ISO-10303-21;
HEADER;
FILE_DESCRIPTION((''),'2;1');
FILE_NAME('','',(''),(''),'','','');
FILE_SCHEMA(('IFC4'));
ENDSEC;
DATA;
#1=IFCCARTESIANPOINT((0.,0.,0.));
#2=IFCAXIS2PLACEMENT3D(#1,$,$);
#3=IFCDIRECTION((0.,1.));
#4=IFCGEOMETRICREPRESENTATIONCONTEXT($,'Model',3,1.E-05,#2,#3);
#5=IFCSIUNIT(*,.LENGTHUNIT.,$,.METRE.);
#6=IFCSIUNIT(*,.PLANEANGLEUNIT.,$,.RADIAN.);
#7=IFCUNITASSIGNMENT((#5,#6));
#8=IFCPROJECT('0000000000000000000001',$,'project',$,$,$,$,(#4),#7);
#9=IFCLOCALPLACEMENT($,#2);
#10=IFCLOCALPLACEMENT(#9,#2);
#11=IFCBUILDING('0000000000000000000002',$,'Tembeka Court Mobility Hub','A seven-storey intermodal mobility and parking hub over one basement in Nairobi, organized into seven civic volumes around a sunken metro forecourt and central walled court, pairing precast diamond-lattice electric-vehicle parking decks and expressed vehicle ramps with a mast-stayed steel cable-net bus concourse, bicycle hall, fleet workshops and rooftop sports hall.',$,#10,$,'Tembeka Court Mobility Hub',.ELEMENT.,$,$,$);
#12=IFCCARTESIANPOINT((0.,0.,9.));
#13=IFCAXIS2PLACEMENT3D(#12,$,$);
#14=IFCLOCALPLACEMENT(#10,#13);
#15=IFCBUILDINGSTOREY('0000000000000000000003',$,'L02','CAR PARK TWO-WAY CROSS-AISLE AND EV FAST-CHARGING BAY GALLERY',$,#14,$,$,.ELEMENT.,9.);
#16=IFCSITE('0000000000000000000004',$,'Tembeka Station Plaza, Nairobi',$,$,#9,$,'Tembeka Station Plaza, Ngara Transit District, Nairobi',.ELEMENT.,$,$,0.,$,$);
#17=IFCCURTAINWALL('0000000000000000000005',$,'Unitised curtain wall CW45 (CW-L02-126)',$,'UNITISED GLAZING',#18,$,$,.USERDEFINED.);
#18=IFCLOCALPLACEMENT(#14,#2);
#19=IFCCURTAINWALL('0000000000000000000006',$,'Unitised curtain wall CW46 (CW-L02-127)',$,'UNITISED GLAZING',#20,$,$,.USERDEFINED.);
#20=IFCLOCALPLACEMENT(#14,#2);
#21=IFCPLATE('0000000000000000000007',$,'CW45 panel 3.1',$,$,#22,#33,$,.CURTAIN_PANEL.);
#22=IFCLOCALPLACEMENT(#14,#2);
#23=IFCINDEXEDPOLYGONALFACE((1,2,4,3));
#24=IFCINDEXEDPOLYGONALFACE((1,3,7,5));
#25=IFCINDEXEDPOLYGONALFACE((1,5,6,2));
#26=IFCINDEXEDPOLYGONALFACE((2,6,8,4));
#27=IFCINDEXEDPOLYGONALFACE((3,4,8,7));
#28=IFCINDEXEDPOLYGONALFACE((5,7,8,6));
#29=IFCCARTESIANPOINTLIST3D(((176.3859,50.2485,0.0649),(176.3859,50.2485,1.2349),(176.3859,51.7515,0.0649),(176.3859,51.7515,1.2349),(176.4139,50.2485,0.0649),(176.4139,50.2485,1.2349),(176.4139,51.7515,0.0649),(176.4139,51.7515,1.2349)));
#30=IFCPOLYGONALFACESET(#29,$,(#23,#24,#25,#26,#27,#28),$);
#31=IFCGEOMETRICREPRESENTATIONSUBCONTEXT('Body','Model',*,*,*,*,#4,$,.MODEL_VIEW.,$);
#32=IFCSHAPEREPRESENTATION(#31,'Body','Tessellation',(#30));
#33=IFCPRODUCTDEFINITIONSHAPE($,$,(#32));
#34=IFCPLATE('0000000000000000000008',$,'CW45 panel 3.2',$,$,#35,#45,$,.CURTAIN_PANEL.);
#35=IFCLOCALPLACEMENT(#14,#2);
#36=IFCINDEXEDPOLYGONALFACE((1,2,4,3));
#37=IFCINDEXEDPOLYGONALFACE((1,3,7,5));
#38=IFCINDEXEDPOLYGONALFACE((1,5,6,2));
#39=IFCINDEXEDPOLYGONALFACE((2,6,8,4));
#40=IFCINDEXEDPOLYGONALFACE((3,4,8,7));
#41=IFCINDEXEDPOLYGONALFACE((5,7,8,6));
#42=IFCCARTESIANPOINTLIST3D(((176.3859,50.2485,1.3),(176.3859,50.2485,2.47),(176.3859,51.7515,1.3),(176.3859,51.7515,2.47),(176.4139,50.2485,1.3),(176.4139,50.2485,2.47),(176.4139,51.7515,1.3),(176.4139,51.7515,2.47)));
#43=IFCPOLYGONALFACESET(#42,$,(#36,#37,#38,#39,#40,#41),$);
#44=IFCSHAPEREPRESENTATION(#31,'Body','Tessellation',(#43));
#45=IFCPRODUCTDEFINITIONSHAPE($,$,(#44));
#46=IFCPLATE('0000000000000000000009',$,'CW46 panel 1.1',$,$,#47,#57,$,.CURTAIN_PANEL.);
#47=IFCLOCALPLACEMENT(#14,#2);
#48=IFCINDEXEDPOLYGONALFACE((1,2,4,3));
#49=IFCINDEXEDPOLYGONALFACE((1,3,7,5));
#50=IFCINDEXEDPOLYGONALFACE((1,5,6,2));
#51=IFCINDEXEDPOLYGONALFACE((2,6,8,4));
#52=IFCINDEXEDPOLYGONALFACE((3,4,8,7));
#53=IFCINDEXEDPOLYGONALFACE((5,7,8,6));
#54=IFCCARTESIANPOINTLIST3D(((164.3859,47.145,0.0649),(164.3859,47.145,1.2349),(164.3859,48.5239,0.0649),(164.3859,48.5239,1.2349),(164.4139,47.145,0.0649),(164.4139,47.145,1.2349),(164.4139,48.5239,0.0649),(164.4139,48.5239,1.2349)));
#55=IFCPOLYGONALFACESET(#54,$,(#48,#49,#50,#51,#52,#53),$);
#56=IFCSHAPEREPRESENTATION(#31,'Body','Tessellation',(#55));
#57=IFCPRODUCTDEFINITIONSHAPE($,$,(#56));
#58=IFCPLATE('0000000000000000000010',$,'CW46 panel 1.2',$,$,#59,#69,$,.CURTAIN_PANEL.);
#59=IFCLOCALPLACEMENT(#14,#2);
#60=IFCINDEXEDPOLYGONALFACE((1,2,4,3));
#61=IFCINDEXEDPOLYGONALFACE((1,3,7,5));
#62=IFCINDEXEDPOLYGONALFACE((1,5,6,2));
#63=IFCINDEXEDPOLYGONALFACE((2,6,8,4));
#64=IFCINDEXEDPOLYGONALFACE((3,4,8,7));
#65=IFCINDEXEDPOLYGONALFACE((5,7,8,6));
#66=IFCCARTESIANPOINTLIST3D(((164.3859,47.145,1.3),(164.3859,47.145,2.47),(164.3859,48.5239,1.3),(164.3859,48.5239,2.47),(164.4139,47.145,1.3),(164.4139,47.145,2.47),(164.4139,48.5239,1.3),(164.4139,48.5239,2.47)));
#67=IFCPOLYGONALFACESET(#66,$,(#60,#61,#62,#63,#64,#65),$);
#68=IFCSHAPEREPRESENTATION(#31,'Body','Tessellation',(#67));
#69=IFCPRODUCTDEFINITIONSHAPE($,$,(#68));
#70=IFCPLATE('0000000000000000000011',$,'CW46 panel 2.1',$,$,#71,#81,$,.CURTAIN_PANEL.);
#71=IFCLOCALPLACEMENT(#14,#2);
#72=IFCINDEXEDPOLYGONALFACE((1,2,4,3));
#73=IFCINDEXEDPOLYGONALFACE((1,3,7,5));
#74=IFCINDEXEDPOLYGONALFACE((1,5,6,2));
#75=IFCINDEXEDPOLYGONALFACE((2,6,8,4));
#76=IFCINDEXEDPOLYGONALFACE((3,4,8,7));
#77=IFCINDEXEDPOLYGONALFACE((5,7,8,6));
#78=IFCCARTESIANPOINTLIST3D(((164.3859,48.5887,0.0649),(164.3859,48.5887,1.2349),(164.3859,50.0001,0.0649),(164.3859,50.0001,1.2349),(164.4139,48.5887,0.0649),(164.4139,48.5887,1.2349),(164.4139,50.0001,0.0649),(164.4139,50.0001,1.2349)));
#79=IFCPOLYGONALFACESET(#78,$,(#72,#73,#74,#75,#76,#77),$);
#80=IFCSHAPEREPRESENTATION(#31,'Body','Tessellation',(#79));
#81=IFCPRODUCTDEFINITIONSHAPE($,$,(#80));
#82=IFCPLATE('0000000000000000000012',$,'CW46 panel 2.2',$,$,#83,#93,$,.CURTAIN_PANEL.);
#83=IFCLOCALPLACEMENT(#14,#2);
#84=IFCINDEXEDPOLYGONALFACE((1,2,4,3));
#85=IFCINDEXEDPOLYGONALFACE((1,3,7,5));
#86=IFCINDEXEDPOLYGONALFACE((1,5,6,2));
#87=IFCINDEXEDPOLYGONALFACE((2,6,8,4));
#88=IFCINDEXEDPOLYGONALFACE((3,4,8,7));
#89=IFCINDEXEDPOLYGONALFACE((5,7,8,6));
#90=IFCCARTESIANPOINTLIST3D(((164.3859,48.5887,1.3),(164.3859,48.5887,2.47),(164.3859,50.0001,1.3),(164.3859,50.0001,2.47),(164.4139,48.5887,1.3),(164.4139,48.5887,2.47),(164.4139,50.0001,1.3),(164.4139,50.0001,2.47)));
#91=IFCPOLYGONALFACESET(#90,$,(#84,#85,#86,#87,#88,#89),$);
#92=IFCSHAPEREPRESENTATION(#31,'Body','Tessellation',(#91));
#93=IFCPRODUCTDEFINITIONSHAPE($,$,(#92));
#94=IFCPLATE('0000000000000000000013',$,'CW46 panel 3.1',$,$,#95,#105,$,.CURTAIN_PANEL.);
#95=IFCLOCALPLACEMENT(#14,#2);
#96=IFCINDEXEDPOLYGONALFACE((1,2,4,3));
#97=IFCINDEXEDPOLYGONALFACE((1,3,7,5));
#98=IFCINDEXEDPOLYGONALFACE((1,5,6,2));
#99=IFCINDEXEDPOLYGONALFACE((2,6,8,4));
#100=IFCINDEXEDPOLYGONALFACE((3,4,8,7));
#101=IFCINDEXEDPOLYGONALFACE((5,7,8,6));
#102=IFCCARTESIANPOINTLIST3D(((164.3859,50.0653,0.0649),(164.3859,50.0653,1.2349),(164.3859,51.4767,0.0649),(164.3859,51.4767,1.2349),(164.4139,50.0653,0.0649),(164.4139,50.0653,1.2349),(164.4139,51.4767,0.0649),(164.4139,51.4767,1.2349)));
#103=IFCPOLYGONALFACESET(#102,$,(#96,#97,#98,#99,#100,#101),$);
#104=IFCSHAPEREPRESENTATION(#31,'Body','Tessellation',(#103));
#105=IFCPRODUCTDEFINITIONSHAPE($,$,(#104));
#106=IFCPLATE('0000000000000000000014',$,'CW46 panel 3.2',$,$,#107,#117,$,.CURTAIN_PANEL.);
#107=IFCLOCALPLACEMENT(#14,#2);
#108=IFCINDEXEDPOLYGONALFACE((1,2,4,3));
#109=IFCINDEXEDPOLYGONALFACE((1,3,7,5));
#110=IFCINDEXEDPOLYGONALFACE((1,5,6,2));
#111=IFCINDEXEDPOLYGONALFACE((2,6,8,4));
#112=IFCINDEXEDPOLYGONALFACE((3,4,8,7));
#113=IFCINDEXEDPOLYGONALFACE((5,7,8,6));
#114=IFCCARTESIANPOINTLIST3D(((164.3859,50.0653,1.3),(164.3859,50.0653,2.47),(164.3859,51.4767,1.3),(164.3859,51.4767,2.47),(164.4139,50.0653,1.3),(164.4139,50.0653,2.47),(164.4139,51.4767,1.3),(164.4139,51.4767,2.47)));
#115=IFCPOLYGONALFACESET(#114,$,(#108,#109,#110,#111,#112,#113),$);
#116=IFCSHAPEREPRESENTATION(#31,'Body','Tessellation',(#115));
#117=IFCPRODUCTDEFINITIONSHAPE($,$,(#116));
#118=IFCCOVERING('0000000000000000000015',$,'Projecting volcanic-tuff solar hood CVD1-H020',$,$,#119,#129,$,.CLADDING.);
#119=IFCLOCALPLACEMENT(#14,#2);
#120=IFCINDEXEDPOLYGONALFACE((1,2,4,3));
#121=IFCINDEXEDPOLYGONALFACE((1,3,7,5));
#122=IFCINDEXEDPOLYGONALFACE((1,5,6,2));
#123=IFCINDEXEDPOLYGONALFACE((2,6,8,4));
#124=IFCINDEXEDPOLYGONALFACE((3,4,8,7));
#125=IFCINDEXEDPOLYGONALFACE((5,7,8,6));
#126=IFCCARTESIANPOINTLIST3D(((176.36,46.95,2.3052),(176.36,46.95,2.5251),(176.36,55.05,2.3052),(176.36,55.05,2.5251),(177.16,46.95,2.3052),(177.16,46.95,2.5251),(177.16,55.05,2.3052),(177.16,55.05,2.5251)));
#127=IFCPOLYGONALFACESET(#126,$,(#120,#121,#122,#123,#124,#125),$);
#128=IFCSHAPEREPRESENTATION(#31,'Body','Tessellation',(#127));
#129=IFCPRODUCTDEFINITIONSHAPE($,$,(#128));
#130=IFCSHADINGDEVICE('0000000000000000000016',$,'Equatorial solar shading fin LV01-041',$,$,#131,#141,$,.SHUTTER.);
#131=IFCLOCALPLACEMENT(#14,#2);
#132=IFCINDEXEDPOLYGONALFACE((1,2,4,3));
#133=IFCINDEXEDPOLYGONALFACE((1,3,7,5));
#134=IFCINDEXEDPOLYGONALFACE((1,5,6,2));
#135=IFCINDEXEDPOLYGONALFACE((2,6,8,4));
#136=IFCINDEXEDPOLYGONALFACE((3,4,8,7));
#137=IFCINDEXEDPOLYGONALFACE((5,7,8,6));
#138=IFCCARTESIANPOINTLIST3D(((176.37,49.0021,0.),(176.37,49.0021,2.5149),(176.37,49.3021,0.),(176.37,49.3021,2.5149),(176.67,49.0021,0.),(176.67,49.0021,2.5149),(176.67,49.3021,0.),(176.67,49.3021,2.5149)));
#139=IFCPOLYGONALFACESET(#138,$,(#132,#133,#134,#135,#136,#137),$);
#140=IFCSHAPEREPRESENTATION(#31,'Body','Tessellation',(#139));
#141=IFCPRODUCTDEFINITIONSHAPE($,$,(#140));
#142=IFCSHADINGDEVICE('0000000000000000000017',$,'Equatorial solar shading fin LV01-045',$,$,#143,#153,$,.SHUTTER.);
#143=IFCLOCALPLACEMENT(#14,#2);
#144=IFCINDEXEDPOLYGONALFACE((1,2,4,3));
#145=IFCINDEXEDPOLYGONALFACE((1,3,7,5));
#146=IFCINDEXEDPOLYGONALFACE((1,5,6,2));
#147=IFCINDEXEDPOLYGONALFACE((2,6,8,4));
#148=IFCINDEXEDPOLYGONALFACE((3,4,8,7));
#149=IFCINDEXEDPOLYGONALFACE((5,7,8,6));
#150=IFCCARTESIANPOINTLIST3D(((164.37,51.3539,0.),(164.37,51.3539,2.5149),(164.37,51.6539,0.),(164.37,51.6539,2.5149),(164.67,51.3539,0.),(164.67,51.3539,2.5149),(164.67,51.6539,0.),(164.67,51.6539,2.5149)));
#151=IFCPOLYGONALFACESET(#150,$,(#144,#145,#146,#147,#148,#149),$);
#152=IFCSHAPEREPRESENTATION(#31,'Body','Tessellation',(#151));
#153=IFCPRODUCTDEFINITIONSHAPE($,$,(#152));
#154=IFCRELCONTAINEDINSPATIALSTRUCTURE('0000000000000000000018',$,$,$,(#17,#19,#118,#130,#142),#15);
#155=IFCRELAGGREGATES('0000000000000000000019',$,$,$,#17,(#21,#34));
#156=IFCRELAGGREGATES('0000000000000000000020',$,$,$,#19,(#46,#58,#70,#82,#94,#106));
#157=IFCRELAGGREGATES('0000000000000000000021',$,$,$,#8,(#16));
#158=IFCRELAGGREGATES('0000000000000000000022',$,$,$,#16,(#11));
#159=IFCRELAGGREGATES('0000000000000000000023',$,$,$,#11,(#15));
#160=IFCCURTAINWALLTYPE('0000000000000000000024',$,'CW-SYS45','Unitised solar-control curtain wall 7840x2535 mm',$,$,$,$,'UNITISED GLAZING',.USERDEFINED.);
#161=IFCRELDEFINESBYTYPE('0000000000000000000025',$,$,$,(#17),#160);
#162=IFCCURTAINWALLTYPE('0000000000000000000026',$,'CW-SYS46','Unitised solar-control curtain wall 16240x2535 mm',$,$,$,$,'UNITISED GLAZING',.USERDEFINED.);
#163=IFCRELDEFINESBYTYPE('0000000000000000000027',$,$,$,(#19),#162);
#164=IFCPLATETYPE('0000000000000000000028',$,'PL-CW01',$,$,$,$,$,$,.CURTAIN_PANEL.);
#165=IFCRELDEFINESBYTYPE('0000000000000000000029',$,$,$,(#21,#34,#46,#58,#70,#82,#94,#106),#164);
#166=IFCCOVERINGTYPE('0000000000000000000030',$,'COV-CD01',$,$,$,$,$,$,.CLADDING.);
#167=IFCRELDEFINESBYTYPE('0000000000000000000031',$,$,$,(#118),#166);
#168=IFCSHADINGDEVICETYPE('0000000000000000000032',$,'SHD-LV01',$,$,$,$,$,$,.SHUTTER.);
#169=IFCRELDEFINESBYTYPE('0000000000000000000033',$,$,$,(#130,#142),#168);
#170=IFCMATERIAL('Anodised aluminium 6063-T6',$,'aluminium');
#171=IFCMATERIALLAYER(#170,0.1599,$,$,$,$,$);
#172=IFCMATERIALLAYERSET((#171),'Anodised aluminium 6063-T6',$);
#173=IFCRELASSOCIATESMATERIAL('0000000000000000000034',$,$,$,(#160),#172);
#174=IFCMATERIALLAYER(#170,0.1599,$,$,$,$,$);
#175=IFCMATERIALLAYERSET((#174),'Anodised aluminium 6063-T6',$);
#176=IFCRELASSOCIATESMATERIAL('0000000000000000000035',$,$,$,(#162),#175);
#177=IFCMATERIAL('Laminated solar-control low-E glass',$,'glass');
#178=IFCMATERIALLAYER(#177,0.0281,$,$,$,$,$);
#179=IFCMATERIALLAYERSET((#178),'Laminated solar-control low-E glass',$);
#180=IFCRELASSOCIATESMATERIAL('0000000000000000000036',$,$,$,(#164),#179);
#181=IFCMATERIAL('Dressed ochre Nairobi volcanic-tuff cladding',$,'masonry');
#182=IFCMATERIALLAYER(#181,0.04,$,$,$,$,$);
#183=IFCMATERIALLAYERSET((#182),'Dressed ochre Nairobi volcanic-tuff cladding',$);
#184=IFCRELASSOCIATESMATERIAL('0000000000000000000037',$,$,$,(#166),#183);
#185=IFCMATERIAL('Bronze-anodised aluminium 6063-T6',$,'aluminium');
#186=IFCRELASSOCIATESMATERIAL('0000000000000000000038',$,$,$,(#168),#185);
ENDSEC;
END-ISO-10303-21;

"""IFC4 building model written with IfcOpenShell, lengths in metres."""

from ifc_helpers import new_model, si_unit, direction, frame, origin, origin_2d, place, context, subcontext, project, spatial, rectangle, extrude, material, layer, layer_set, material_profile, profile_set, type_object, element, aggregate, save


model = new_model("IFC4")

# Units and contexts
model_context = context("Model", 3, precision=1e-05, world=origin(), true_north=direction((0.0, 1.0)))
body_context = subcontext(model_context, "Body", "Model", "MODEL_VIEW")
ifc_project = project(units=[si_unit("LENGTHUNIT", "METRE"), si_unit("PLANEANGLEUNIT", "RADIAN")], contexts=[model_context])

# Site, building, storey
site_placement = place(None, origin())
site = spatial("IfcSite", under=ifc_project, at=site_placement, Name="Tembeka Station Plaza, Nairobi", LongName="Tembeka Station Plaza, Ngara Transit District, Nairobi", CompositionType="ELEMENT", RefElevation=0.0)
building_placement = place(site_placement, origin())
building = spatial("IfcBuilding", under=site, at=building_placement, Name="Tembeka Court Mobility Hub", Description="A seven-storey intermodal mobility and parking hub over one basement in Nairobi, organized into seven civic volumes around a sunken metro forecourt and central walled court, pairing precast diamond-lattice electric-vehicle parking decks and expressed vehicle ramps with a mast-stayed steel cable-net bus concourse, bicycle hall, fleet workshops and rooftop sports hall.", LongName="Tembeka Court Mobility Hub", CompositionType="ELEMENT")
storey_placement = place(building_placement, frame((0.0, 0.0, 9.0)))
storey = spatial("IfcBuildingStorey", under=building, at=storey_placement, Name="L02", Description="CAR PARK TWO-WAY CROSS-AISLE AND EV FAST-CHARGING BAY GALLERY", CompositionType="ELEMENT", Elevation=9.0)

# Curtain walls
ifc_material_1 = material(Name="Anodised aluminium 6063-T6", Category="aluminium")
ifc_layer_1 = layer(ifc_material_1, 0.1599)
ifc_layer_set_1 = layer_set([ifc_layer_1], Name="Anodised aluminium 6063-T6")
curtain_wall_type_1 = type_object("IfcCurtainWallType", Name="CW-SYS45", Description="Unitised solar-control curtain wall 7840x2535 mm", ElementType="UNITISED GLAZING", PredefinedType="USERDEFINED", material=ifc_layer_set_1)
curtain_wall_1_placement = place(storey_placement, origin())
curtain_wall_1 = element("IfcCurtainWall", 1, at=curtain_wall_1_placement, inside=storey, type_object=curtain_wall_type_1, Name="Unitised curtain wall CW45 (CW-L02-126)", ObjectType="UNITISED GLAZING", PredefinedType="USERDEFINED")
ifc_layer_2 = layer(ifc_material_1, 0.1599)
ifc_layer_set_2 = layer_set([ifc_layer_2], Name="Anodised aluminium 6063-T6")
curtain_wall_type_2 = type_object("IfcCurtainWallType", Name="CW-SYS46", Description="Unitised solar-control curtain wall 16240x2535 mm", ElementType="UNITISED GLAZING", PredefinedType="USERDEFINED", material=ifc_layer_set_2)
curtain_wall_2_placement = place(storey_placement, origin())
curtain_wall_2 = element("IfcCurtainWall", 2, at=curtain_wall_2_placement, inside=storey, type_object=curtain_wall_type_2, Name="Unitised curtain wall CW46 (CW-L02-127)", ObjectType="UNITISED GLAZING", PredefinedType="USERDEFINED")

# Plates
ifc_material_2 = material(Name="Laminated solar-control low-E glass", Category="glass")
ifc_layer_3 = layer(ifc_material_2, 0.0281)
ifc_layer_set_3 = layer_set([ifc_layer_3], Name="Laminated solar-control low-E glass")
plate_type = type_object("IfcPlateType", Name="PL-CW01", PredefinedType="CURTAIN_PANEL", material=ifc_layer_set_3)
plate_1_placement = place(storey_placement, frame((176.3999, 51.0, 0.0649), z_axis=(0.0, 0.0, 1.0), x_axis=(0.0, 1.0, 0.0)))
plate_1 = element("IfcPlate", 3, at=plate_1_placement, type_object=plate_type, Name="CW45 panel 3.1", PredefinedType="CURTAIN_PANEL", context=body_context, shape_type="SweptSolid", body=[
    extrude(rectangle(XDim=1.5029, YDim=0.0281, at=origin_2d()), origin(), (0.0, 0.0, 1.0), 1.1699),
])
plate_2_placement = place(storey_placement, frame((176.3999, 51.0, 1.3), z_axis=(0.0, 0.0, 1.0), x_axis=(0.0, 1.0, 0.0)))
plate_2 = element("IfcPlate", 4, at=plate_2_placement, type_object=plate_type, Name="CW45 panel 3.2", PredefinedType="CURTAIN_PANEL", context=body_context, shape_type="SweptSolid", body=[
    extrude(rectangle(XDim=1.5029, YDim=0.0281, at=origin_2d()), origin(), (0.0, 0.0, 1.0), 1.1699),
])
aggregate(curtain_wall_1, [plate_1, plate_2])
plate_3_placement = place(storey_placement, frame((164.3999, 47.8345, 0.0649), z_axis=(0.0, 0.0, 1.0), x_axis=(0.0, 1.0, 0.0)))
plate_3 = element("IfcPlate", 5, at=plate_3_placement, type_object=plate_type, Name="CW46 panel 1.1", PredefinedType="CURTAIN_PANEL", context=body_context, shape_type="SweptSolid", body=[
    extrude(rectangle(XDim=1.3789, YDim=0.0281, at=origin_2d()), origin(), (0.0, 0.0, 1.0), 1.1699),
])
plate_4_placement = place(storey_placement, frame((164.3999, 47.8345, 1.3), z_axis=(0.0, 0.0, 1.0), x_axis=(0.0, 1.0, 0.0)))
plate_4 = element("IfcPlate", 6, at=plate_4_placement, type_object=plate_type, Name="CW46 panel 1.2", PredefinedType="CURTAIN_PANEL", context=body_context, shape_type="SweptSolid", body=[
    extrude(rectangle(XDim=1.3789, YDim=0.0281, at=origin_2d()), origin(), (0.0, 0.0, 1.0), 1.1699),
])
plate_5_placement = place(storey_placement, frame((164.3999, 49.2944, 0.0649), z_axis=(0.0, 0.0, 1.0), x_axis=(0.0, 1.0, 0.0)))
plate_5 = element("IfcPlate", 7, at=plate_5_placement, type_object=plate_type, Name="CW46 panel 2.1", PredefinedType="CURTAIN_PANEL", context=body_context, shape_type="SweptSolid", body=[
    extrude(rectangle(XDim=1.4114, YDim=0.0281, at=origin_2d()), origin(), (0.0, 0.0, 1.0), 1.1699),
])
plate_6_placement = place(storey_placement, frame((164.3999, 49.2944, 1.3), z_axis=(0.0, 0.0, 1.0), x_axis=(0.0, 1.0, 0.0)))
plate_6 = element("IfcPlate", 8, at=plate_6_placement, type_object=plate_type, Name="CW46 panel 2.2", PredefinedType="CURTAIN_PANEL", context=body_context, shape_type="SweptSolid", body=[
    extrude(rectangle(XDim=1.4114, YDim=0.0281, at=origin_2d()), origin(), (0.0, 0.0, 1.0), 1.1699),
])
plate_7_placement = place(storey_placement, frame((164.3999, 50.771, 0.0649), z_axis=(0.0, 0.0, 1.0), x_axis=(0.0, 1.0, 0.0)))
plate_7 = element("IfcPlate", 9, at=plate_7_placement, type_object=plate_type, Name="CW46 panel 3.1", PredefinedType="CURTAIN_PANEL", context=body_context, shape_type="SweptSolid", body=[
    extrude(rectangle(XDim=1.4114, YDim=0.0281, at=origin_2d()), origin(), (0.0, 0.0, 1.0), 1.1699),
])
plate_8_placement = place(storey_placement, frame((164.3999, 50.771, 1.3), z_axis=(0.0, 0.0, 1.0), x_axis=(0.0, 1.0, 0.0)))
plate_8 = element("IfcPlate", 10, at=plate_8_placement, type_object=plate_type, Name="CW46 panel 3.2", PredefinedType="CURTAIN_PANEL", context=body_context, shape_type="SweptSolid", body=[
    extrude(rectangle(XDim=1.4114, YDim=0.0281, at=origin_2d()), origin(), (0.0, 0.0, 1.0), 1.1699),
])
aggregate(curtain_wall_2, [plate_3, plate_4, plate_5, plate_6, plate_7, plate_8])

# Covering
ifc_material_3 = material(Name="Dressed ochre Nairobi volcanic-tuff cladding", Category="masonry")
ifc_layer_4 = layer(ifc_material_3, 0.04)
ifc_layer_set_4 = layer_set([ifc_layer_4], Name="Dressed ochre Nairobi volcanic-tuff cladding")
covering_type = type_object("IfcCoveringType", Name="COV-CD01", PredefinedType="CLADDING", material=ifc_layer_set_4)
covering_placement = place(storey_placement, frame((176.76, 51.0, 2.3052), z_axis=(0.0, 0.0, 1.0), x_axis=(0.0, 1.0, 0.0)))
element("IfcCovering", 11, at=covering_placement, inside=storey, type_object=covering_type, Name="Projecting volcanic-tuff solar hood CVD1-H020", PredefinedType="CLADDING", context=body_context, shape_type="SweptSolid", body=[
    extrude(rectangle(XDim=8.1001, YDim=0.8, at=origin_2d()), origin(), (0.0, 0.0, 1.0), 0.22),
])

# Shading devices
ifc_material_4 = material(Name="Bronze-anodised aluminium 6063-T6", Category="aluminium")
ifc_material_profile_1 = material_profile(ifc_material_4, rectangle(XDim=0.3, YDim=0.3, at=origin_2d()), Name="ALU-LVR 300x300")
ifc_profile_set_1 = profile_set([ifc_material_profile_1], Name="Bronze-anodised aluminium 6063-T6")
shading_device_type = type_object("IfcShadingDeviceType", Name="SHD-LV01", PredefinedType="SHUTTER", material=ifc_profile_set_1)
for number, where, z_axis, x_axis, name in (
    (12, (176.52, 49.1521, 0.0), (0.0, 0.0, 1.0), (1.0, 0.0, 0.0), "Equatorial solar shading fin LV01-041"),
    (13, (164.52, 51.5039, 0.0), (0.0, 0.0, 1.0), (1.0, 0.0, 0.0), "Equatorial solar shading fin LV01-045"),
):
    element("IfcShadingDevice", number, at=place(storey_placement, frame(where, z_axis=z_axis, x_axis=x_axis)), inside=storey, type_object=shading_device_type, Name=name, PredefinedType="SHUTTER", context=body_context, shape_type="SweptSolid", body=[
        extrude(rectangle(XDim=0.3, YDim=0.3, at=origin_2d()), origin(), (0.0, 0.0, 1.0), 2.5149),
    ])

save(model, "model.ifc")
